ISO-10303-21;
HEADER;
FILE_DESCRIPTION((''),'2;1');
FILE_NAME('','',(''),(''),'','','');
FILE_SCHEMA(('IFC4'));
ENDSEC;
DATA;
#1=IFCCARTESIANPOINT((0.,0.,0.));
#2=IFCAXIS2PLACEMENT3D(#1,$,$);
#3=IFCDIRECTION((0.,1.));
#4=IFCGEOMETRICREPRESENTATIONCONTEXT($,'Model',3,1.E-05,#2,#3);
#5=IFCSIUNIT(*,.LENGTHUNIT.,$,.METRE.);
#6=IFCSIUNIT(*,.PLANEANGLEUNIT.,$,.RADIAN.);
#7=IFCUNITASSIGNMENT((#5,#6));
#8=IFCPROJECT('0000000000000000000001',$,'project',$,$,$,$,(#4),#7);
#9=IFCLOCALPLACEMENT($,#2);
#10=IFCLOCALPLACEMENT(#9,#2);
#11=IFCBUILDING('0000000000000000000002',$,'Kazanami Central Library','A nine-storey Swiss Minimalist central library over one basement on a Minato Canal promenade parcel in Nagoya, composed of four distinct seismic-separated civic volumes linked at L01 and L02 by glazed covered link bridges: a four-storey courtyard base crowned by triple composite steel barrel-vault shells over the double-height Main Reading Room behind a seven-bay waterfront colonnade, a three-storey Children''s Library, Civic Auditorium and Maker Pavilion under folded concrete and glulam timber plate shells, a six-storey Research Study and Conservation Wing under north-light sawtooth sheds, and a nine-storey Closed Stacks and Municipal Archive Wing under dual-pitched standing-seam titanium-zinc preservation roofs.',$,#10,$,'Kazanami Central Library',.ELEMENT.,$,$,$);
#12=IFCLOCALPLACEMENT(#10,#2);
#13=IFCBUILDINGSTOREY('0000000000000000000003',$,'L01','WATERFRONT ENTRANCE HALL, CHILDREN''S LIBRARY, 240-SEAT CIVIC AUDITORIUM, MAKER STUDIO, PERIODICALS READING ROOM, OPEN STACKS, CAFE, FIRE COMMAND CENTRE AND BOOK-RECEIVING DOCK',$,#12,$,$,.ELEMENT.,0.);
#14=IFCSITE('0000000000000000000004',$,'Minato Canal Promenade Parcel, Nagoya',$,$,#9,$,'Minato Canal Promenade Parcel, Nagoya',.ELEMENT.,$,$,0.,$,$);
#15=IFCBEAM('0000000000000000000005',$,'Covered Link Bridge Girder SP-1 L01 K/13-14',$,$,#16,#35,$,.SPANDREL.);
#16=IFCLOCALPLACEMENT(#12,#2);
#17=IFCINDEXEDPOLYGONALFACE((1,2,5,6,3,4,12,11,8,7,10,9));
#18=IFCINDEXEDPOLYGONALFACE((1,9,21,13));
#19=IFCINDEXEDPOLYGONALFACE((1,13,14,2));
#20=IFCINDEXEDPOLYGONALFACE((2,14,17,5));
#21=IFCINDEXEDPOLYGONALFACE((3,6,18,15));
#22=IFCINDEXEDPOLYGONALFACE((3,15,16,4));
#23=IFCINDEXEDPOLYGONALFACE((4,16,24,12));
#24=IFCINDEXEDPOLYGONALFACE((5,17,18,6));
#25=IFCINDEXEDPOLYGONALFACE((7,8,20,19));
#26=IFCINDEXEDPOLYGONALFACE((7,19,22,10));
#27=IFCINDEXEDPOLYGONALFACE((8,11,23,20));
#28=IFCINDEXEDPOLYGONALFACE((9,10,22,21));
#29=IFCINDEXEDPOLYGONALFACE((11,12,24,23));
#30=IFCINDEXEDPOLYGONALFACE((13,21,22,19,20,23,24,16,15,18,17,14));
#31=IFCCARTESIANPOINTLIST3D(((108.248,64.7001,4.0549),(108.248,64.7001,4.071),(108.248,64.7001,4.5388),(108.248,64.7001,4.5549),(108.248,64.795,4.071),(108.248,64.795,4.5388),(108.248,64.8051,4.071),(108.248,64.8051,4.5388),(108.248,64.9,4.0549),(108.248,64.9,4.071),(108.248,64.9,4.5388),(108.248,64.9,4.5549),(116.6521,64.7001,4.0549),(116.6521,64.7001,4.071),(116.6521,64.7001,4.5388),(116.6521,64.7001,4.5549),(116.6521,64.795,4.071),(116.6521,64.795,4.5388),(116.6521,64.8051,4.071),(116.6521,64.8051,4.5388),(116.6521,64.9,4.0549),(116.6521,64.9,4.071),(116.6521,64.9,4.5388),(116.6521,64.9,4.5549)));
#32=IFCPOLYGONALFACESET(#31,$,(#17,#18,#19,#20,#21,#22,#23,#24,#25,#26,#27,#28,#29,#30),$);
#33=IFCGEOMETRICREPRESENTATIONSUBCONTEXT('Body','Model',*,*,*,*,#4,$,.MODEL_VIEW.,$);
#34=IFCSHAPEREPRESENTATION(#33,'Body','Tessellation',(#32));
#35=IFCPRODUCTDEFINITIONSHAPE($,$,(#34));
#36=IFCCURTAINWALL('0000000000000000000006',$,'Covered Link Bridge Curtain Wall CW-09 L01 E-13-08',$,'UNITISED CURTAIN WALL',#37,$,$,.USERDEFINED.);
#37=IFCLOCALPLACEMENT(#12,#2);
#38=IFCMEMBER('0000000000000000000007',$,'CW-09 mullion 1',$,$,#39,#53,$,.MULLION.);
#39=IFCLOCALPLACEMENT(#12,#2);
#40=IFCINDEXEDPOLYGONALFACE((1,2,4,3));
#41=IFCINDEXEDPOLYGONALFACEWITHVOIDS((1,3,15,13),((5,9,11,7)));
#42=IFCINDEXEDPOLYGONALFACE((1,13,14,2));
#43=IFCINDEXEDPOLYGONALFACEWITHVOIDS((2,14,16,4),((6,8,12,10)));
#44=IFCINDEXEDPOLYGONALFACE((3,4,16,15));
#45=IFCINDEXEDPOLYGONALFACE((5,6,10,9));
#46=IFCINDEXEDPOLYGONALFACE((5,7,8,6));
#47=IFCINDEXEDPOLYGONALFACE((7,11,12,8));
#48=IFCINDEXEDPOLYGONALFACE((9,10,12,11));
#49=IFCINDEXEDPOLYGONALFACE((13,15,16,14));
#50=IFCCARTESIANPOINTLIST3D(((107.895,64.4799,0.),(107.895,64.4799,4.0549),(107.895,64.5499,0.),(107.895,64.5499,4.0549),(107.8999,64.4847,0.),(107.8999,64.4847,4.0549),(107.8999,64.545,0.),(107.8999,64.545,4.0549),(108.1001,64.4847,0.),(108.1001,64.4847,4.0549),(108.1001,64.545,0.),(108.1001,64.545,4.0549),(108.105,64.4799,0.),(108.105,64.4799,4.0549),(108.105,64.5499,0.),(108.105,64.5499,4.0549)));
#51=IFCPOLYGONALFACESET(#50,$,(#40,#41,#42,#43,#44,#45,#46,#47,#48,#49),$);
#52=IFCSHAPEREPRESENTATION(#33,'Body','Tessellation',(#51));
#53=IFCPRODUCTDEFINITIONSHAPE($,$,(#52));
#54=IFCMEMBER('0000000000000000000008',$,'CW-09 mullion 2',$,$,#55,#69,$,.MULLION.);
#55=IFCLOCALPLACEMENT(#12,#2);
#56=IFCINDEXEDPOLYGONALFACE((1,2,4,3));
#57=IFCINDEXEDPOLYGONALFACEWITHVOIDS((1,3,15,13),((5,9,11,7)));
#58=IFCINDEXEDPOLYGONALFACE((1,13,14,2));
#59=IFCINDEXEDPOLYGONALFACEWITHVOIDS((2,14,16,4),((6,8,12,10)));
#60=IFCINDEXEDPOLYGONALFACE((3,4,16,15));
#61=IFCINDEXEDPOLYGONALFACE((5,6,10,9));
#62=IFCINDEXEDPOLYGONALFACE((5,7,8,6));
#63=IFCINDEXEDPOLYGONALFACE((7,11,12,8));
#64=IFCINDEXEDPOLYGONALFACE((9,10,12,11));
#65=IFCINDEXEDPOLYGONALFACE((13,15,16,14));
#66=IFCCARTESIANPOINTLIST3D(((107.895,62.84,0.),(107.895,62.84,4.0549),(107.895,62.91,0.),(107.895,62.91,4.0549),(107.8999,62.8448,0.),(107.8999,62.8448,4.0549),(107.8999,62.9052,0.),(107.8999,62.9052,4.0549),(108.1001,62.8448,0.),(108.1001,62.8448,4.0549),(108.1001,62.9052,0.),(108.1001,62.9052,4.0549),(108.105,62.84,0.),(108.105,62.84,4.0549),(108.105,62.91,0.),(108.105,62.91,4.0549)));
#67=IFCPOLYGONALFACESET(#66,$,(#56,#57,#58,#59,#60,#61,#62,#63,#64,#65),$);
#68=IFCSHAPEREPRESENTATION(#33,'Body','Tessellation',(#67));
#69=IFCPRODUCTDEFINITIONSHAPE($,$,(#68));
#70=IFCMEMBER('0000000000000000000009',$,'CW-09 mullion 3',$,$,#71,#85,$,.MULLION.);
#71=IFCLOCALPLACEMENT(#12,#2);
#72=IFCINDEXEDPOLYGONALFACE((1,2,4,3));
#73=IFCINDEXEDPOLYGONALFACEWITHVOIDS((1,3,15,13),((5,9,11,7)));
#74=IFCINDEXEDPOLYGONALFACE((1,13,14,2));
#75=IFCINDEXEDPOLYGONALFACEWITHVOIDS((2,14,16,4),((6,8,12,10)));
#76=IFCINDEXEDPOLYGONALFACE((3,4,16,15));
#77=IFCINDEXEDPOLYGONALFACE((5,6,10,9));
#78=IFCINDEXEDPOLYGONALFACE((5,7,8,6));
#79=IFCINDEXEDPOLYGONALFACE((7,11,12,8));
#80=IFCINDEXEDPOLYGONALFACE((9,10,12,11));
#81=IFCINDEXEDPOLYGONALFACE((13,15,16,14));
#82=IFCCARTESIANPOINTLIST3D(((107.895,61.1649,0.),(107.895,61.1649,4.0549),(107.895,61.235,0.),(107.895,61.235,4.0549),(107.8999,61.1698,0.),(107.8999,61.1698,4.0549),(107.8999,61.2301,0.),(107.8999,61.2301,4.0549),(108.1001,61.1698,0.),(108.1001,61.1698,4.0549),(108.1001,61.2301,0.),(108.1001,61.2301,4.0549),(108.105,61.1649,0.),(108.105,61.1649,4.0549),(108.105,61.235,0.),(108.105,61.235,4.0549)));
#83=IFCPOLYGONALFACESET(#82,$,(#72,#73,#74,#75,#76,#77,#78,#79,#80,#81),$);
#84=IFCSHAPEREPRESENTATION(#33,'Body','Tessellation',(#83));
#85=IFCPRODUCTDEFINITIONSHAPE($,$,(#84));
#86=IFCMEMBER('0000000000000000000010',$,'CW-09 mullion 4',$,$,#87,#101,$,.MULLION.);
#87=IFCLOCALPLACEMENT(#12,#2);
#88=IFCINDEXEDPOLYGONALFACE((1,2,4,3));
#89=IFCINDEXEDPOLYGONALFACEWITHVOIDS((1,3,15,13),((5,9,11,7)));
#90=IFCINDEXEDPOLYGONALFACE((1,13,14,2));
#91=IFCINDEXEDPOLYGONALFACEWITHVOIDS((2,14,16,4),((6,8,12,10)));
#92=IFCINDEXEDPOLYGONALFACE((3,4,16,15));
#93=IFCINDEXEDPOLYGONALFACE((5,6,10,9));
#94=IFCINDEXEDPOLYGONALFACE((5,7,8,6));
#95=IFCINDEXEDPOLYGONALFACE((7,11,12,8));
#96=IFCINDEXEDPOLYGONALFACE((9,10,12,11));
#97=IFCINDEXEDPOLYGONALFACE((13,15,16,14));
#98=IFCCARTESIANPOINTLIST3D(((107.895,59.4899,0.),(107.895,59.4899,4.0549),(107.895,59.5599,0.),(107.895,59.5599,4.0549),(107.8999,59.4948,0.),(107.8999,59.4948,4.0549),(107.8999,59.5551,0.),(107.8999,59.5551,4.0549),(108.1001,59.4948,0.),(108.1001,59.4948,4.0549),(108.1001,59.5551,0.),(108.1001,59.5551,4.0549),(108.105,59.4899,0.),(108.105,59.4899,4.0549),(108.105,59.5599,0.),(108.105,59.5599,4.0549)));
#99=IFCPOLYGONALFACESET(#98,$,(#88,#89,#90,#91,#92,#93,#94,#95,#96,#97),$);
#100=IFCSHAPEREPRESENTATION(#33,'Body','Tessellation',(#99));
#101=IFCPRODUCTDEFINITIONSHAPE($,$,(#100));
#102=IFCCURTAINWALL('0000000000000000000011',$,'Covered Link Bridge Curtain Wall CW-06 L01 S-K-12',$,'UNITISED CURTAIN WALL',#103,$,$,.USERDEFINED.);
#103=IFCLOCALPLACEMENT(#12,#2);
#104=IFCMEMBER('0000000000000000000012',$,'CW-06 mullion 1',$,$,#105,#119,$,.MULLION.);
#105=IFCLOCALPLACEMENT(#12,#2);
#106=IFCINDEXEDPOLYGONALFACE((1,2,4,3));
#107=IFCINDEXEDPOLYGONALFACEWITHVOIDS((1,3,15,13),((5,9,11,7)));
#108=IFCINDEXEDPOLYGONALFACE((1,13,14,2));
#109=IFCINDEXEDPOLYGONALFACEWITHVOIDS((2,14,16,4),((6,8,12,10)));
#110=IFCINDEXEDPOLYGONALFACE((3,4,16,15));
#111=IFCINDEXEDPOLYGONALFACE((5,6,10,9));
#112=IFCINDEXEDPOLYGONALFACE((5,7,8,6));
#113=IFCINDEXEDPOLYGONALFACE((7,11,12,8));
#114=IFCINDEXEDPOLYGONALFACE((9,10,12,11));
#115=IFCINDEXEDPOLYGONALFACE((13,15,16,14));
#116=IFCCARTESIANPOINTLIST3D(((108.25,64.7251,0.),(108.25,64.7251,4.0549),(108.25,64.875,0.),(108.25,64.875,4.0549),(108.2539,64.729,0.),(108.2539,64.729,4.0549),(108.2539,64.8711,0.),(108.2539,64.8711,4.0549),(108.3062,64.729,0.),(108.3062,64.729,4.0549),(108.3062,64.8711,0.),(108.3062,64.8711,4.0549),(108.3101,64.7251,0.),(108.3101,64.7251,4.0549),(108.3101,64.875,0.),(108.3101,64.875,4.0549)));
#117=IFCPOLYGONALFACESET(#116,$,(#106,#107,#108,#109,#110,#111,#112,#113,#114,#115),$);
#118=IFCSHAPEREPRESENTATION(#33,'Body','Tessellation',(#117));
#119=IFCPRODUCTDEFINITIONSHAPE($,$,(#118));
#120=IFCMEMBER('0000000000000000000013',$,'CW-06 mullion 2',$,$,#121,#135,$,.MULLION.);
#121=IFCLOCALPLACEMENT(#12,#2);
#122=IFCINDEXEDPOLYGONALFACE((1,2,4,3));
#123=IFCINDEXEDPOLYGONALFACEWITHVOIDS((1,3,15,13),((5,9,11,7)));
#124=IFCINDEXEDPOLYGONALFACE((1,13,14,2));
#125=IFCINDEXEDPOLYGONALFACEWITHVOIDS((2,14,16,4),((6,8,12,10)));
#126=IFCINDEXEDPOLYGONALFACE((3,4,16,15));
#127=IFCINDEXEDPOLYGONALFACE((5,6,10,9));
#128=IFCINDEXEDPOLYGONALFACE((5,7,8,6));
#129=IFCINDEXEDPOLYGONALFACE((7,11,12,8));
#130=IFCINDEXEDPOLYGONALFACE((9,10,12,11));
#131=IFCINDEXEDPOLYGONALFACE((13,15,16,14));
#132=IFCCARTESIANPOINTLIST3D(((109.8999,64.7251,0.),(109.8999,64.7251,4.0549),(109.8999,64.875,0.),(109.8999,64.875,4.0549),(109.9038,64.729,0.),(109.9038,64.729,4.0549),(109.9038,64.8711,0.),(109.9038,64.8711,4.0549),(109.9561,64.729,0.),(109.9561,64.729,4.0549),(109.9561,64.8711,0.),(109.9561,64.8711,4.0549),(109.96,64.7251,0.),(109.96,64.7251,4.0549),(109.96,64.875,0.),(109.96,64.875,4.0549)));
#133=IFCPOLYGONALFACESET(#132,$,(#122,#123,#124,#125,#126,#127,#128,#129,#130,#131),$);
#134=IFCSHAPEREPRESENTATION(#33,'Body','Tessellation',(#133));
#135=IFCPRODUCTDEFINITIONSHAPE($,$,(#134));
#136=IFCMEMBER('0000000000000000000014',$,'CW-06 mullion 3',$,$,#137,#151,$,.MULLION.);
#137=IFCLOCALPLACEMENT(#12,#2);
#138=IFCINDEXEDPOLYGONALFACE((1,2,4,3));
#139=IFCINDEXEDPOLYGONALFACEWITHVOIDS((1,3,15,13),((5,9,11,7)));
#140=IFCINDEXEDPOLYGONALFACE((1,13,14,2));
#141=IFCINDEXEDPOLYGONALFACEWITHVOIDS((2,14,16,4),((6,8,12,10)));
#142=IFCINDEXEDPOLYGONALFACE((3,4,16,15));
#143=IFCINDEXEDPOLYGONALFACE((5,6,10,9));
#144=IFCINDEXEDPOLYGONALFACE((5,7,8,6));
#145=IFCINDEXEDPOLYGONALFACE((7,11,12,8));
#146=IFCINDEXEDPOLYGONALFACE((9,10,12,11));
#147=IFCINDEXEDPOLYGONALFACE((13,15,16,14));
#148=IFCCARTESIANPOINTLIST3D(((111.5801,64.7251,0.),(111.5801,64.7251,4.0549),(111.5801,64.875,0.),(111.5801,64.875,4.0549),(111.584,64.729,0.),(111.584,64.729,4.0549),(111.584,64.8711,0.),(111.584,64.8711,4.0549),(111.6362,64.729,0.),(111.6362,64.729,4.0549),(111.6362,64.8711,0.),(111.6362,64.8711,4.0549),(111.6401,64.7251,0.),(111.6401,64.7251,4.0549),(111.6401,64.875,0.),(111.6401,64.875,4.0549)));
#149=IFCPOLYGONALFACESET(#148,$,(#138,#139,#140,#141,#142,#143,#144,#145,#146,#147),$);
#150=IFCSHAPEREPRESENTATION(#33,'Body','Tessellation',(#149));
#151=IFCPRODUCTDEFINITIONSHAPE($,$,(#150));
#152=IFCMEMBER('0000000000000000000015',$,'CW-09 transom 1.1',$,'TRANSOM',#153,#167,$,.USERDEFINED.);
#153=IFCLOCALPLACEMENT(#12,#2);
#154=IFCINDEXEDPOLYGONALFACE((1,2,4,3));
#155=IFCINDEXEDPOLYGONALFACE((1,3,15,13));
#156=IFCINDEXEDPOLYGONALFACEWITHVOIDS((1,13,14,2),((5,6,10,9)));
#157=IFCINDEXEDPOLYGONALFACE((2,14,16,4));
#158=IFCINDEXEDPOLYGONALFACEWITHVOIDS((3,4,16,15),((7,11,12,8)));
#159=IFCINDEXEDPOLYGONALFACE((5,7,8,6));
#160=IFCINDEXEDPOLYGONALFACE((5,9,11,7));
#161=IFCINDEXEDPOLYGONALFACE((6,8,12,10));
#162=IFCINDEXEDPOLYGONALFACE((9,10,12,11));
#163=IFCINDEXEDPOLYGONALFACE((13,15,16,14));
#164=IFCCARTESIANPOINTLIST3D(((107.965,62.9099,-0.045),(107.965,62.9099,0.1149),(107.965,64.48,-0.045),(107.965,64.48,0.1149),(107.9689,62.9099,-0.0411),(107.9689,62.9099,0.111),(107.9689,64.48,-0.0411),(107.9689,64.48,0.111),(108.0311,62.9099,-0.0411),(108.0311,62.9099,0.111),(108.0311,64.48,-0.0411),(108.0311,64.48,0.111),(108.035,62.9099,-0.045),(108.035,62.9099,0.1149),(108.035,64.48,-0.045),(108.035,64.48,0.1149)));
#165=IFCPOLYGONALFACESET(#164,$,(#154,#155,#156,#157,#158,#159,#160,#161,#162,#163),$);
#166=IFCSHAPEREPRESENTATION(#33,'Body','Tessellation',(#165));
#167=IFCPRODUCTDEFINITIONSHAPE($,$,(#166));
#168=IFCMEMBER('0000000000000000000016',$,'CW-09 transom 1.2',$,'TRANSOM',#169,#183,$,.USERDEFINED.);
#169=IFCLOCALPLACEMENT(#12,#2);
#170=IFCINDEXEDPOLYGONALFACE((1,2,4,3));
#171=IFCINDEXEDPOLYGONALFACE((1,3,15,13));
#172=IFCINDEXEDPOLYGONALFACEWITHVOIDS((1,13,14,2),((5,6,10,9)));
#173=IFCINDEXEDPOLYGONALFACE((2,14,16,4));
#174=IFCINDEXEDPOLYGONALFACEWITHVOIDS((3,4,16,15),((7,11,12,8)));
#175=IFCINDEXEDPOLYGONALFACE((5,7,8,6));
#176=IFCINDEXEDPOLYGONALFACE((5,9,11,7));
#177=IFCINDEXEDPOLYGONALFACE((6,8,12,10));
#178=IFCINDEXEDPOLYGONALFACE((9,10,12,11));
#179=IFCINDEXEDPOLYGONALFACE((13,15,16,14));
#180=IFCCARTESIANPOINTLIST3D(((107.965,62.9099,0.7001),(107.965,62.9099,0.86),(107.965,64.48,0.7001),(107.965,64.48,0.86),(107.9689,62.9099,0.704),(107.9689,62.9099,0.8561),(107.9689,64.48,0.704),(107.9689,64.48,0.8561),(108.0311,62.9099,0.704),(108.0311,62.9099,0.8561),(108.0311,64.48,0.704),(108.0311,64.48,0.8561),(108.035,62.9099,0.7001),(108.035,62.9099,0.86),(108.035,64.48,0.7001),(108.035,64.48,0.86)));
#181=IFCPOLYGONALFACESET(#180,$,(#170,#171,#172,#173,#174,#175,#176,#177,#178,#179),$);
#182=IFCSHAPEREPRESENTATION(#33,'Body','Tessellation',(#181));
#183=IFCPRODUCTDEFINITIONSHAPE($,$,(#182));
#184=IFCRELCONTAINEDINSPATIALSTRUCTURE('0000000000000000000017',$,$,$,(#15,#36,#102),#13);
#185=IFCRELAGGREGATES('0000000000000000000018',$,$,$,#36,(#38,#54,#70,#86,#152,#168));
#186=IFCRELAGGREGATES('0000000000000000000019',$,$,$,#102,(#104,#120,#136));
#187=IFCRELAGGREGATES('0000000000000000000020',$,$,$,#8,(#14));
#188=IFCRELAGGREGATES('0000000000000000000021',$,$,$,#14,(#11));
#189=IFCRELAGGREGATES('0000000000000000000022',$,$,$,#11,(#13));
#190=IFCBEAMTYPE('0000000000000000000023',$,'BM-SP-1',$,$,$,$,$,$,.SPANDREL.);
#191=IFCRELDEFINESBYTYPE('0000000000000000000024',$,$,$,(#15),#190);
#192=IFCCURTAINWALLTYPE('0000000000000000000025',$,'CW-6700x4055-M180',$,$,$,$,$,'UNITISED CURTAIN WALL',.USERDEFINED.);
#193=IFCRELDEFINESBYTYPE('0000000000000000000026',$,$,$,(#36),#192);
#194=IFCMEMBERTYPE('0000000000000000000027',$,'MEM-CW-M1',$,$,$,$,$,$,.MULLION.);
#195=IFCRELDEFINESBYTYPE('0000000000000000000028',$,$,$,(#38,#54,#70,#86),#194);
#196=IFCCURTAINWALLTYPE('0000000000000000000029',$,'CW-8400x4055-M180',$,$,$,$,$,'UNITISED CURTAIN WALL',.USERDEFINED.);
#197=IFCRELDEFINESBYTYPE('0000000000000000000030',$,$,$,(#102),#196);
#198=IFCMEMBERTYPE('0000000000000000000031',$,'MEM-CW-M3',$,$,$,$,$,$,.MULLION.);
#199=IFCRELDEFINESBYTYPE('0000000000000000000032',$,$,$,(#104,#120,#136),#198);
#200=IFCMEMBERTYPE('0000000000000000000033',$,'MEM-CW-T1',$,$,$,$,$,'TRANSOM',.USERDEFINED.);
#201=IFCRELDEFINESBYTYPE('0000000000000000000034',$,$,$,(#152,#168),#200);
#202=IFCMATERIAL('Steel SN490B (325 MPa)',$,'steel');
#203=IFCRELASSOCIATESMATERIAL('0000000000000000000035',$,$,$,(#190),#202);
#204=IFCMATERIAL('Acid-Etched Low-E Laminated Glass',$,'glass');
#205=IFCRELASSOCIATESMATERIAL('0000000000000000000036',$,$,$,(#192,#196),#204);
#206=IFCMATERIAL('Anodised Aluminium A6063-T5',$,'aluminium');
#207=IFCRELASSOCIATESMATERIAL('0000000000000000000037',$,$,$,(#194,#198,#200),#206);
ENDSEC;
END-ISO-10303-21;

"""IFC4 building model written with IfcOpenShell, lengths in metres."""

from ifc_helpers import new_model, si_unit, direction, frame, origin, origin_2d, place, context, subcontext, project, spatial, hollow_rectangle, i_section, extrude, material, material_profile, profile_set, type_object, element, aggregate, save


model = new_model("IFC4")

# Units and contexts
model_context = context("Model", 3, precision=1e-05, world=origin(), true_north=direction((0.0, 1.0)))
body_context = subcontext(model_context, "Body", "Model", "MODEL_VIEW")
ifc_project = project(units=[si_unit("LENGTHUNIT", "METRE"), si_unit("PLANEANGLEUNIT", "RADIAN")], contexts=[model_context])

# Site, building, storey
site_placement = place(None, origin())
site = spatial("IfcSite", under=ifc_project, at=site_placement, Name="Minato Canal Promenade Parcel, Nagoya", LongName="Minato Canal Promenade Parcel, Nagoya", CompositionType="ELEMENT", RefElevation=0.0)
building_placement = place(site_placement, origin())
building = spatial("IfcBuilding", under=site, at=building_placement, Name="Kazanami Central Library", Description="A nine-storey Swiss Minimalist central library over one basement on a Minato Canal promenade parcel in Nagoya, composed of four distinct seismic-separated civic volumes linked at L01 and L02 by glazed covered link bridges: a four-storey courtyard base crowned by triple composite steel barrel-vault shells over the double-height Main Reading Room behind a seven-bay waterfront colonnade, a three-storey Children's Library, Civic Auditorium and Maker Pavilion under folded concrete and glulam timber plate shells, a six-storey Research Study and Conservation Wing under north-light sawtooth sheds, and a nine-storey Closed Stacks and Municipal Archive Wing under dual-pitched standing-seam titanium-zinc preservation roofs.", LongName="Kazanami Central Library", CompositionType="ELEMENT")
storey_placement = place(building_placement, origin())
storey = spatial("IfcBuildingStorey", under=building, at=storey_placement, Name="L01", Description="WATERFRONT ENTRANCE HALL, CHILDREN'S LIBRARY, 240-SEAT CIVIC AUDITORIUM, MAKER STUDIO, PERIODICALS READING ROOM, OPEN STACKS, CAFE, FIRE COMMAND CENTRE AND BOOK-RECEIVING DOCK", CompositionType="ELEMENT", Elevation=0.0)

# Beam
ifc_material_1 = material(Name="Steel SN490B (325 MPa)", Category="steel")
ifc_material_profile_1 = material_profile(ifc_material_1, i_section(OverallWidth=0.2, OverallDepth=0.5, WebThickness=0.01, FlangeThickness=0.0161, at=origin_2d()), Name="H-500x200x10x16")
ifc_profile_set_1 = profile_set([ifc_material_profile_1], Name="Steel SN490B (325 MPa)")
beam_type = type_object("IfcBeamType", Name="BM-SP-1", PredefinedType="SPANDREL", material=ifc_profile_set_1)
beam_placement = place(storey_placement, frame((108.248, 64.8, 4.3049), z_axis=(1.0, 0.0, 0.0), x_axis=(0.0, 1.0, 0.0)))
element("IfcBeam", 1, at=beam_placement, inside=storey, type_object=beam_type, Name="Covered Link Bridge Girder SP-1 L01 K/13-14", PredefinedType="SPANDREL", context=body_context, shape_type="SweptSolid", body=[
    extrude(i_section(OverallWidth=0.2, OverallDepth=0.5, WebThickness=0.01, FlangeThickness=0.0161, at=origin_2d()), origin(), (0.0, 0.0, 1.0), 8.4041),
])

# Curtain walls, members
ifc_material_2 = material(Name="Acid-Etched Low-E Laminated Glass", Category="glass")
curtain_wall_type_1 = type_object("IfcCurtainWallType", Name="CW-6700x4055-M180", ElementType="UNITISED CURTAIN WALL", PredefinedType="USERDEFINED", material=ifc_material_2)
curtain_wall_1_placement = place(storey_placement, origin())
curtain_wall_1 = element("IfcCurtainWall", 2, at=curtain_wall_1_placement, inside=storey, type_object=curtain_wall_type_1, Name="Covered Link Bridge Curtain Wall CW-09 L01 E-13-08", ObjectType="UNITISED CURTAIN WALL", PredefinedType="USERDEFINED")
ifc_material_3 = material(Name="Anodised Aluminium A6063-T5", Category="aluminium")
ifc_material_profile_2 = material_profile(ifc_material_3, hollow_rectangle(XDim=0.0701, YDim=0.21, WallThickness=0.0049, at=origin_2d()), Name="ALU-MULL-70x210x5")
ifc_profile_set_2 = profile_set([ifc_material_profile_2], Name="Anodised Aluminium A6063-T5")
member_type_1 = type_object("IfcMemberType", Name="MEM-CW-M1", PredefinedType="MULLION", material=ifc_profile_set_2)
member_1_placement = place(storey_placement, frame((108.0, 64.5149, 0.0), z_axis=(0.0, 0.0, 1.0), x_axis=(0.0, -1.0, 0.0)))
member_1 = element("IfcMember", 3, at=member_1_placement, type_object=member_type_1, Name="CW-09 mullion 1", PredefinedType="MULLION", context=body_context, shape_type="SweptSolid", body=[
    extrude(hollow_rectangle(XDim=0.0701, YDim=0.21, WallThickness=0.0049, at=origin_2d()), origin(), (0.0, 0.0, 1.0), 4.0549),
])
member_2_placement = place(storey_placement, frame((108.0, 62.875, 0.0), z_axis=(0.0, 0.0, 1.0), x_axis=(0.0, -1.0, 0.0)))
member_2 = element("IfcMember", 4, at=member_2_placement, type_object=member_type_1, Name="CW-09 mullion 2", PredefinedType="MULLION", context=body_context, shape_type="SweptSolid", body=[
    extrude(hollow_rectangle(XDim=0.0701, YDim=0.21, WallThickness=0.0049, at=origin_2d()), origin(), (0.0, 0.0, 1.0), 4.0549),
])
member_3_placement = place(storey_placement, frame((108.0, 61.2, 0.0), z_axis=(0.0, 0.0, 1.0), x_axis=(0.0, -1.0, 0.0)))
member_3 = element("IfcMember", 5, at=member_3_placement, type_object=member_type_1, Name="CW-09 mullion 3", PredefinedType="MULLION", context=body_context, shape_type="SweptSolid", body=[
    extrude(hollow_rectangle(XDim=0.0701, YDim=0.21, WallThickness=0.0049, at=origin_2d()), origin(), (0.0, 0.0, 1.0), 4.0549),
])
member_4_placement = place(storey_placement, frame((108.0, 59.5249, 0.0), z_axis=(0.0, 0.0, 1.0), x_axis=(0.0, -1.0, 0.0)))
member_4 = element("IfcMember", 6, at=member_4_placement, type_object=member_type_1, Name="CW-09 mullion 4", PredefinedType="MULLION", context=body_context, shape_type="SweptSolid", body=[
    extrude(hollow_rectangle(XDim=0.0701, YDim=0.21, WallThickness=0.0049, at=origin_2d()), origin(), (0.0, 0.0, 1.0), 4.0549),
])
curtain_wall_type_2 = type_object("IfcCurtainWallType", Name="CW-8400x4055-M180", ElementType="UNITISED CURTAIN WALL", PredefinedType="USERDEFINED", material=ifc_material_2)
curtain_wall_2_placement = place(storey_placement, origin())
curtain_wall_2 = element("IfcCurtainWall", 7, at=curtain_wall_2_placement, inside=storey, type_object=curtain_wall_type_2, Name="Covered Link Bridge Curtain Wall CW-06 L01 S-K-12", ObjectType="UNITISED CURTAIN WALL", PredefinedType="USERDEFINED")
ifc_material_profile_3 = material_profile(ifc_material_3, hollow_rectangle(XDim=0.0601, YDim=0.1499, WallThickness=0.0039, at=origin_2d()), Name="ALU-MULL-60x150x4")
ifc_profile_set_3 = profile_set([ifc_material_profile_3], Name="Anodised Aluminium A6063-T5")
member_type_2 = type_object("IfcMemberType", Name="MEM-CW-M3", PredefinedType="MULLION", material=ifc_profile_set_3)
member_5_placement = place(storey_placement, frame((108.28, 64.8, 0.0), z_axis=(0.0, 0.0, 1.0), x_axis=(1.0, 0.0, 0.0)))
member_5 = element("IfcMember", 8, at=member_5_placement, type_object=member_type_2, Name="CW-06 mullion 1", PredefinedType="MULLION", context=body_context, shape_type="SweptSolid", body=[
    extrude(hollow_rectangle(XDim=0.0601, YDim=0.1499, WallThickness=0.0039, at=origin_2d()), origin(), (0.0, 0.0, 1.0), 4.0549),
])
member_6_placement = place(storey_placement, frame((109.9299, 64.8, 0.0), z_axis=(0.0, 0.0, 1.0), x_axis=(1.0, 0.0, 0.0)))
member_6 = element("IfcMember", 9, at=member_6_placement, type_object=member_type_2, Name="CW-06 mullion 2", PredefinedType="MULLION", context=body_context, shape_type="SweptSolid", body=[
    extrude(hollow_rectangle(XDim=0.0601, YDim=0.1499, WallThickness=0.0039, at=origin_2d()), origin(), (0.0, 0.0, 1.0), 4.0549),
])
member_7_placement = place(storey_placement, frame((111.6101, 64.8, 0.0), z_axis=(0.0, 0.0, 1.0), x_axis=(1.0, 0.0, 0.0)))
member_7 = element("IfcMember", 10, at=member_7_placement, type_object=member_type_2, Name="CW-06 mullion 3", PredefinedType="MULLION", context=body_context, shape_type="SweptSolid", body=[
    extrude(hollow_rectangle(XDim=0.0601, YDim=0.1499, WallThickness=0.0039, at=origin_2d()), origin(), (0.0, 0.0, 1.0), 4.0549),
])

# Members
ifc_material_profile_4 = material_profile(ifc_material_3, hollow_rectangle(XDim=0.0701, YDim=0.1599, WallThickness=0.0039, at=origin_2d()), Name="ALU-TRAN-70x160x4")
ifc_profile_set_4 = profile_set([ifc_material_profile_4], Name="Anodised Aluminium A6063-T5")
member_type_3 = type_object("IfcMemberType", Name="MEM-CW-T1", ElementType="TRANSOM", PredefinedType="USERDEFINED", material=ifc_profile_set_4)
member_8_placement = place(storey_placement, frame((108.0, 64.48, 0.0349), z_axis=(0.0, -1.0, 0.0), x_axis=(1.0, 0.0, 0.0)))
member_8 = element("IfcMember", 11, at=member_8_placement, type_object=member_type_3, Name="CW-09 transom 1.1", ObjectType="TRANSOM", PredefinedType="USERDEFINED", context=body_context, shape_type="SweptSolid", body=[
    extrude(hollow_rectangle(XDim=0.0701, YDim=0.1599, WallThickness=0.0039, at=origin_2d()), origin(), (0.0, 0.0, 1.0), 1.5701),
])
member_9_placement = place(storey_placement, frame((108.0, 64.48, 0.78), z_axis=(0.0, -1.0, 0.0), x_axis=(1.0, 0.0, 0.0)))
member_9 = element("IfcMember", 12, at=member_9_placement, type_object=member_type_3, Name="CW-09 transom 1.2", ObjectType="TRANSOM", PredefinedType="USERDEFINED", context=body_context, shape_type="SweptSolid", body=[
    extrude(hollow_rectangle(XDim=0.0701, YDim=0.1599, WallThickness=0.0039, at=origin_2d()), origin(), (0.0, 0.0, 1.0), 1.5701),
])

aggregate(curtain_wall_1, [member_1, member_2, member_3, member_4, member_8, member_9])
aggregate(curtain_wall_2, [member_5, member_6, member_7])

save(model, "model.ifc")
